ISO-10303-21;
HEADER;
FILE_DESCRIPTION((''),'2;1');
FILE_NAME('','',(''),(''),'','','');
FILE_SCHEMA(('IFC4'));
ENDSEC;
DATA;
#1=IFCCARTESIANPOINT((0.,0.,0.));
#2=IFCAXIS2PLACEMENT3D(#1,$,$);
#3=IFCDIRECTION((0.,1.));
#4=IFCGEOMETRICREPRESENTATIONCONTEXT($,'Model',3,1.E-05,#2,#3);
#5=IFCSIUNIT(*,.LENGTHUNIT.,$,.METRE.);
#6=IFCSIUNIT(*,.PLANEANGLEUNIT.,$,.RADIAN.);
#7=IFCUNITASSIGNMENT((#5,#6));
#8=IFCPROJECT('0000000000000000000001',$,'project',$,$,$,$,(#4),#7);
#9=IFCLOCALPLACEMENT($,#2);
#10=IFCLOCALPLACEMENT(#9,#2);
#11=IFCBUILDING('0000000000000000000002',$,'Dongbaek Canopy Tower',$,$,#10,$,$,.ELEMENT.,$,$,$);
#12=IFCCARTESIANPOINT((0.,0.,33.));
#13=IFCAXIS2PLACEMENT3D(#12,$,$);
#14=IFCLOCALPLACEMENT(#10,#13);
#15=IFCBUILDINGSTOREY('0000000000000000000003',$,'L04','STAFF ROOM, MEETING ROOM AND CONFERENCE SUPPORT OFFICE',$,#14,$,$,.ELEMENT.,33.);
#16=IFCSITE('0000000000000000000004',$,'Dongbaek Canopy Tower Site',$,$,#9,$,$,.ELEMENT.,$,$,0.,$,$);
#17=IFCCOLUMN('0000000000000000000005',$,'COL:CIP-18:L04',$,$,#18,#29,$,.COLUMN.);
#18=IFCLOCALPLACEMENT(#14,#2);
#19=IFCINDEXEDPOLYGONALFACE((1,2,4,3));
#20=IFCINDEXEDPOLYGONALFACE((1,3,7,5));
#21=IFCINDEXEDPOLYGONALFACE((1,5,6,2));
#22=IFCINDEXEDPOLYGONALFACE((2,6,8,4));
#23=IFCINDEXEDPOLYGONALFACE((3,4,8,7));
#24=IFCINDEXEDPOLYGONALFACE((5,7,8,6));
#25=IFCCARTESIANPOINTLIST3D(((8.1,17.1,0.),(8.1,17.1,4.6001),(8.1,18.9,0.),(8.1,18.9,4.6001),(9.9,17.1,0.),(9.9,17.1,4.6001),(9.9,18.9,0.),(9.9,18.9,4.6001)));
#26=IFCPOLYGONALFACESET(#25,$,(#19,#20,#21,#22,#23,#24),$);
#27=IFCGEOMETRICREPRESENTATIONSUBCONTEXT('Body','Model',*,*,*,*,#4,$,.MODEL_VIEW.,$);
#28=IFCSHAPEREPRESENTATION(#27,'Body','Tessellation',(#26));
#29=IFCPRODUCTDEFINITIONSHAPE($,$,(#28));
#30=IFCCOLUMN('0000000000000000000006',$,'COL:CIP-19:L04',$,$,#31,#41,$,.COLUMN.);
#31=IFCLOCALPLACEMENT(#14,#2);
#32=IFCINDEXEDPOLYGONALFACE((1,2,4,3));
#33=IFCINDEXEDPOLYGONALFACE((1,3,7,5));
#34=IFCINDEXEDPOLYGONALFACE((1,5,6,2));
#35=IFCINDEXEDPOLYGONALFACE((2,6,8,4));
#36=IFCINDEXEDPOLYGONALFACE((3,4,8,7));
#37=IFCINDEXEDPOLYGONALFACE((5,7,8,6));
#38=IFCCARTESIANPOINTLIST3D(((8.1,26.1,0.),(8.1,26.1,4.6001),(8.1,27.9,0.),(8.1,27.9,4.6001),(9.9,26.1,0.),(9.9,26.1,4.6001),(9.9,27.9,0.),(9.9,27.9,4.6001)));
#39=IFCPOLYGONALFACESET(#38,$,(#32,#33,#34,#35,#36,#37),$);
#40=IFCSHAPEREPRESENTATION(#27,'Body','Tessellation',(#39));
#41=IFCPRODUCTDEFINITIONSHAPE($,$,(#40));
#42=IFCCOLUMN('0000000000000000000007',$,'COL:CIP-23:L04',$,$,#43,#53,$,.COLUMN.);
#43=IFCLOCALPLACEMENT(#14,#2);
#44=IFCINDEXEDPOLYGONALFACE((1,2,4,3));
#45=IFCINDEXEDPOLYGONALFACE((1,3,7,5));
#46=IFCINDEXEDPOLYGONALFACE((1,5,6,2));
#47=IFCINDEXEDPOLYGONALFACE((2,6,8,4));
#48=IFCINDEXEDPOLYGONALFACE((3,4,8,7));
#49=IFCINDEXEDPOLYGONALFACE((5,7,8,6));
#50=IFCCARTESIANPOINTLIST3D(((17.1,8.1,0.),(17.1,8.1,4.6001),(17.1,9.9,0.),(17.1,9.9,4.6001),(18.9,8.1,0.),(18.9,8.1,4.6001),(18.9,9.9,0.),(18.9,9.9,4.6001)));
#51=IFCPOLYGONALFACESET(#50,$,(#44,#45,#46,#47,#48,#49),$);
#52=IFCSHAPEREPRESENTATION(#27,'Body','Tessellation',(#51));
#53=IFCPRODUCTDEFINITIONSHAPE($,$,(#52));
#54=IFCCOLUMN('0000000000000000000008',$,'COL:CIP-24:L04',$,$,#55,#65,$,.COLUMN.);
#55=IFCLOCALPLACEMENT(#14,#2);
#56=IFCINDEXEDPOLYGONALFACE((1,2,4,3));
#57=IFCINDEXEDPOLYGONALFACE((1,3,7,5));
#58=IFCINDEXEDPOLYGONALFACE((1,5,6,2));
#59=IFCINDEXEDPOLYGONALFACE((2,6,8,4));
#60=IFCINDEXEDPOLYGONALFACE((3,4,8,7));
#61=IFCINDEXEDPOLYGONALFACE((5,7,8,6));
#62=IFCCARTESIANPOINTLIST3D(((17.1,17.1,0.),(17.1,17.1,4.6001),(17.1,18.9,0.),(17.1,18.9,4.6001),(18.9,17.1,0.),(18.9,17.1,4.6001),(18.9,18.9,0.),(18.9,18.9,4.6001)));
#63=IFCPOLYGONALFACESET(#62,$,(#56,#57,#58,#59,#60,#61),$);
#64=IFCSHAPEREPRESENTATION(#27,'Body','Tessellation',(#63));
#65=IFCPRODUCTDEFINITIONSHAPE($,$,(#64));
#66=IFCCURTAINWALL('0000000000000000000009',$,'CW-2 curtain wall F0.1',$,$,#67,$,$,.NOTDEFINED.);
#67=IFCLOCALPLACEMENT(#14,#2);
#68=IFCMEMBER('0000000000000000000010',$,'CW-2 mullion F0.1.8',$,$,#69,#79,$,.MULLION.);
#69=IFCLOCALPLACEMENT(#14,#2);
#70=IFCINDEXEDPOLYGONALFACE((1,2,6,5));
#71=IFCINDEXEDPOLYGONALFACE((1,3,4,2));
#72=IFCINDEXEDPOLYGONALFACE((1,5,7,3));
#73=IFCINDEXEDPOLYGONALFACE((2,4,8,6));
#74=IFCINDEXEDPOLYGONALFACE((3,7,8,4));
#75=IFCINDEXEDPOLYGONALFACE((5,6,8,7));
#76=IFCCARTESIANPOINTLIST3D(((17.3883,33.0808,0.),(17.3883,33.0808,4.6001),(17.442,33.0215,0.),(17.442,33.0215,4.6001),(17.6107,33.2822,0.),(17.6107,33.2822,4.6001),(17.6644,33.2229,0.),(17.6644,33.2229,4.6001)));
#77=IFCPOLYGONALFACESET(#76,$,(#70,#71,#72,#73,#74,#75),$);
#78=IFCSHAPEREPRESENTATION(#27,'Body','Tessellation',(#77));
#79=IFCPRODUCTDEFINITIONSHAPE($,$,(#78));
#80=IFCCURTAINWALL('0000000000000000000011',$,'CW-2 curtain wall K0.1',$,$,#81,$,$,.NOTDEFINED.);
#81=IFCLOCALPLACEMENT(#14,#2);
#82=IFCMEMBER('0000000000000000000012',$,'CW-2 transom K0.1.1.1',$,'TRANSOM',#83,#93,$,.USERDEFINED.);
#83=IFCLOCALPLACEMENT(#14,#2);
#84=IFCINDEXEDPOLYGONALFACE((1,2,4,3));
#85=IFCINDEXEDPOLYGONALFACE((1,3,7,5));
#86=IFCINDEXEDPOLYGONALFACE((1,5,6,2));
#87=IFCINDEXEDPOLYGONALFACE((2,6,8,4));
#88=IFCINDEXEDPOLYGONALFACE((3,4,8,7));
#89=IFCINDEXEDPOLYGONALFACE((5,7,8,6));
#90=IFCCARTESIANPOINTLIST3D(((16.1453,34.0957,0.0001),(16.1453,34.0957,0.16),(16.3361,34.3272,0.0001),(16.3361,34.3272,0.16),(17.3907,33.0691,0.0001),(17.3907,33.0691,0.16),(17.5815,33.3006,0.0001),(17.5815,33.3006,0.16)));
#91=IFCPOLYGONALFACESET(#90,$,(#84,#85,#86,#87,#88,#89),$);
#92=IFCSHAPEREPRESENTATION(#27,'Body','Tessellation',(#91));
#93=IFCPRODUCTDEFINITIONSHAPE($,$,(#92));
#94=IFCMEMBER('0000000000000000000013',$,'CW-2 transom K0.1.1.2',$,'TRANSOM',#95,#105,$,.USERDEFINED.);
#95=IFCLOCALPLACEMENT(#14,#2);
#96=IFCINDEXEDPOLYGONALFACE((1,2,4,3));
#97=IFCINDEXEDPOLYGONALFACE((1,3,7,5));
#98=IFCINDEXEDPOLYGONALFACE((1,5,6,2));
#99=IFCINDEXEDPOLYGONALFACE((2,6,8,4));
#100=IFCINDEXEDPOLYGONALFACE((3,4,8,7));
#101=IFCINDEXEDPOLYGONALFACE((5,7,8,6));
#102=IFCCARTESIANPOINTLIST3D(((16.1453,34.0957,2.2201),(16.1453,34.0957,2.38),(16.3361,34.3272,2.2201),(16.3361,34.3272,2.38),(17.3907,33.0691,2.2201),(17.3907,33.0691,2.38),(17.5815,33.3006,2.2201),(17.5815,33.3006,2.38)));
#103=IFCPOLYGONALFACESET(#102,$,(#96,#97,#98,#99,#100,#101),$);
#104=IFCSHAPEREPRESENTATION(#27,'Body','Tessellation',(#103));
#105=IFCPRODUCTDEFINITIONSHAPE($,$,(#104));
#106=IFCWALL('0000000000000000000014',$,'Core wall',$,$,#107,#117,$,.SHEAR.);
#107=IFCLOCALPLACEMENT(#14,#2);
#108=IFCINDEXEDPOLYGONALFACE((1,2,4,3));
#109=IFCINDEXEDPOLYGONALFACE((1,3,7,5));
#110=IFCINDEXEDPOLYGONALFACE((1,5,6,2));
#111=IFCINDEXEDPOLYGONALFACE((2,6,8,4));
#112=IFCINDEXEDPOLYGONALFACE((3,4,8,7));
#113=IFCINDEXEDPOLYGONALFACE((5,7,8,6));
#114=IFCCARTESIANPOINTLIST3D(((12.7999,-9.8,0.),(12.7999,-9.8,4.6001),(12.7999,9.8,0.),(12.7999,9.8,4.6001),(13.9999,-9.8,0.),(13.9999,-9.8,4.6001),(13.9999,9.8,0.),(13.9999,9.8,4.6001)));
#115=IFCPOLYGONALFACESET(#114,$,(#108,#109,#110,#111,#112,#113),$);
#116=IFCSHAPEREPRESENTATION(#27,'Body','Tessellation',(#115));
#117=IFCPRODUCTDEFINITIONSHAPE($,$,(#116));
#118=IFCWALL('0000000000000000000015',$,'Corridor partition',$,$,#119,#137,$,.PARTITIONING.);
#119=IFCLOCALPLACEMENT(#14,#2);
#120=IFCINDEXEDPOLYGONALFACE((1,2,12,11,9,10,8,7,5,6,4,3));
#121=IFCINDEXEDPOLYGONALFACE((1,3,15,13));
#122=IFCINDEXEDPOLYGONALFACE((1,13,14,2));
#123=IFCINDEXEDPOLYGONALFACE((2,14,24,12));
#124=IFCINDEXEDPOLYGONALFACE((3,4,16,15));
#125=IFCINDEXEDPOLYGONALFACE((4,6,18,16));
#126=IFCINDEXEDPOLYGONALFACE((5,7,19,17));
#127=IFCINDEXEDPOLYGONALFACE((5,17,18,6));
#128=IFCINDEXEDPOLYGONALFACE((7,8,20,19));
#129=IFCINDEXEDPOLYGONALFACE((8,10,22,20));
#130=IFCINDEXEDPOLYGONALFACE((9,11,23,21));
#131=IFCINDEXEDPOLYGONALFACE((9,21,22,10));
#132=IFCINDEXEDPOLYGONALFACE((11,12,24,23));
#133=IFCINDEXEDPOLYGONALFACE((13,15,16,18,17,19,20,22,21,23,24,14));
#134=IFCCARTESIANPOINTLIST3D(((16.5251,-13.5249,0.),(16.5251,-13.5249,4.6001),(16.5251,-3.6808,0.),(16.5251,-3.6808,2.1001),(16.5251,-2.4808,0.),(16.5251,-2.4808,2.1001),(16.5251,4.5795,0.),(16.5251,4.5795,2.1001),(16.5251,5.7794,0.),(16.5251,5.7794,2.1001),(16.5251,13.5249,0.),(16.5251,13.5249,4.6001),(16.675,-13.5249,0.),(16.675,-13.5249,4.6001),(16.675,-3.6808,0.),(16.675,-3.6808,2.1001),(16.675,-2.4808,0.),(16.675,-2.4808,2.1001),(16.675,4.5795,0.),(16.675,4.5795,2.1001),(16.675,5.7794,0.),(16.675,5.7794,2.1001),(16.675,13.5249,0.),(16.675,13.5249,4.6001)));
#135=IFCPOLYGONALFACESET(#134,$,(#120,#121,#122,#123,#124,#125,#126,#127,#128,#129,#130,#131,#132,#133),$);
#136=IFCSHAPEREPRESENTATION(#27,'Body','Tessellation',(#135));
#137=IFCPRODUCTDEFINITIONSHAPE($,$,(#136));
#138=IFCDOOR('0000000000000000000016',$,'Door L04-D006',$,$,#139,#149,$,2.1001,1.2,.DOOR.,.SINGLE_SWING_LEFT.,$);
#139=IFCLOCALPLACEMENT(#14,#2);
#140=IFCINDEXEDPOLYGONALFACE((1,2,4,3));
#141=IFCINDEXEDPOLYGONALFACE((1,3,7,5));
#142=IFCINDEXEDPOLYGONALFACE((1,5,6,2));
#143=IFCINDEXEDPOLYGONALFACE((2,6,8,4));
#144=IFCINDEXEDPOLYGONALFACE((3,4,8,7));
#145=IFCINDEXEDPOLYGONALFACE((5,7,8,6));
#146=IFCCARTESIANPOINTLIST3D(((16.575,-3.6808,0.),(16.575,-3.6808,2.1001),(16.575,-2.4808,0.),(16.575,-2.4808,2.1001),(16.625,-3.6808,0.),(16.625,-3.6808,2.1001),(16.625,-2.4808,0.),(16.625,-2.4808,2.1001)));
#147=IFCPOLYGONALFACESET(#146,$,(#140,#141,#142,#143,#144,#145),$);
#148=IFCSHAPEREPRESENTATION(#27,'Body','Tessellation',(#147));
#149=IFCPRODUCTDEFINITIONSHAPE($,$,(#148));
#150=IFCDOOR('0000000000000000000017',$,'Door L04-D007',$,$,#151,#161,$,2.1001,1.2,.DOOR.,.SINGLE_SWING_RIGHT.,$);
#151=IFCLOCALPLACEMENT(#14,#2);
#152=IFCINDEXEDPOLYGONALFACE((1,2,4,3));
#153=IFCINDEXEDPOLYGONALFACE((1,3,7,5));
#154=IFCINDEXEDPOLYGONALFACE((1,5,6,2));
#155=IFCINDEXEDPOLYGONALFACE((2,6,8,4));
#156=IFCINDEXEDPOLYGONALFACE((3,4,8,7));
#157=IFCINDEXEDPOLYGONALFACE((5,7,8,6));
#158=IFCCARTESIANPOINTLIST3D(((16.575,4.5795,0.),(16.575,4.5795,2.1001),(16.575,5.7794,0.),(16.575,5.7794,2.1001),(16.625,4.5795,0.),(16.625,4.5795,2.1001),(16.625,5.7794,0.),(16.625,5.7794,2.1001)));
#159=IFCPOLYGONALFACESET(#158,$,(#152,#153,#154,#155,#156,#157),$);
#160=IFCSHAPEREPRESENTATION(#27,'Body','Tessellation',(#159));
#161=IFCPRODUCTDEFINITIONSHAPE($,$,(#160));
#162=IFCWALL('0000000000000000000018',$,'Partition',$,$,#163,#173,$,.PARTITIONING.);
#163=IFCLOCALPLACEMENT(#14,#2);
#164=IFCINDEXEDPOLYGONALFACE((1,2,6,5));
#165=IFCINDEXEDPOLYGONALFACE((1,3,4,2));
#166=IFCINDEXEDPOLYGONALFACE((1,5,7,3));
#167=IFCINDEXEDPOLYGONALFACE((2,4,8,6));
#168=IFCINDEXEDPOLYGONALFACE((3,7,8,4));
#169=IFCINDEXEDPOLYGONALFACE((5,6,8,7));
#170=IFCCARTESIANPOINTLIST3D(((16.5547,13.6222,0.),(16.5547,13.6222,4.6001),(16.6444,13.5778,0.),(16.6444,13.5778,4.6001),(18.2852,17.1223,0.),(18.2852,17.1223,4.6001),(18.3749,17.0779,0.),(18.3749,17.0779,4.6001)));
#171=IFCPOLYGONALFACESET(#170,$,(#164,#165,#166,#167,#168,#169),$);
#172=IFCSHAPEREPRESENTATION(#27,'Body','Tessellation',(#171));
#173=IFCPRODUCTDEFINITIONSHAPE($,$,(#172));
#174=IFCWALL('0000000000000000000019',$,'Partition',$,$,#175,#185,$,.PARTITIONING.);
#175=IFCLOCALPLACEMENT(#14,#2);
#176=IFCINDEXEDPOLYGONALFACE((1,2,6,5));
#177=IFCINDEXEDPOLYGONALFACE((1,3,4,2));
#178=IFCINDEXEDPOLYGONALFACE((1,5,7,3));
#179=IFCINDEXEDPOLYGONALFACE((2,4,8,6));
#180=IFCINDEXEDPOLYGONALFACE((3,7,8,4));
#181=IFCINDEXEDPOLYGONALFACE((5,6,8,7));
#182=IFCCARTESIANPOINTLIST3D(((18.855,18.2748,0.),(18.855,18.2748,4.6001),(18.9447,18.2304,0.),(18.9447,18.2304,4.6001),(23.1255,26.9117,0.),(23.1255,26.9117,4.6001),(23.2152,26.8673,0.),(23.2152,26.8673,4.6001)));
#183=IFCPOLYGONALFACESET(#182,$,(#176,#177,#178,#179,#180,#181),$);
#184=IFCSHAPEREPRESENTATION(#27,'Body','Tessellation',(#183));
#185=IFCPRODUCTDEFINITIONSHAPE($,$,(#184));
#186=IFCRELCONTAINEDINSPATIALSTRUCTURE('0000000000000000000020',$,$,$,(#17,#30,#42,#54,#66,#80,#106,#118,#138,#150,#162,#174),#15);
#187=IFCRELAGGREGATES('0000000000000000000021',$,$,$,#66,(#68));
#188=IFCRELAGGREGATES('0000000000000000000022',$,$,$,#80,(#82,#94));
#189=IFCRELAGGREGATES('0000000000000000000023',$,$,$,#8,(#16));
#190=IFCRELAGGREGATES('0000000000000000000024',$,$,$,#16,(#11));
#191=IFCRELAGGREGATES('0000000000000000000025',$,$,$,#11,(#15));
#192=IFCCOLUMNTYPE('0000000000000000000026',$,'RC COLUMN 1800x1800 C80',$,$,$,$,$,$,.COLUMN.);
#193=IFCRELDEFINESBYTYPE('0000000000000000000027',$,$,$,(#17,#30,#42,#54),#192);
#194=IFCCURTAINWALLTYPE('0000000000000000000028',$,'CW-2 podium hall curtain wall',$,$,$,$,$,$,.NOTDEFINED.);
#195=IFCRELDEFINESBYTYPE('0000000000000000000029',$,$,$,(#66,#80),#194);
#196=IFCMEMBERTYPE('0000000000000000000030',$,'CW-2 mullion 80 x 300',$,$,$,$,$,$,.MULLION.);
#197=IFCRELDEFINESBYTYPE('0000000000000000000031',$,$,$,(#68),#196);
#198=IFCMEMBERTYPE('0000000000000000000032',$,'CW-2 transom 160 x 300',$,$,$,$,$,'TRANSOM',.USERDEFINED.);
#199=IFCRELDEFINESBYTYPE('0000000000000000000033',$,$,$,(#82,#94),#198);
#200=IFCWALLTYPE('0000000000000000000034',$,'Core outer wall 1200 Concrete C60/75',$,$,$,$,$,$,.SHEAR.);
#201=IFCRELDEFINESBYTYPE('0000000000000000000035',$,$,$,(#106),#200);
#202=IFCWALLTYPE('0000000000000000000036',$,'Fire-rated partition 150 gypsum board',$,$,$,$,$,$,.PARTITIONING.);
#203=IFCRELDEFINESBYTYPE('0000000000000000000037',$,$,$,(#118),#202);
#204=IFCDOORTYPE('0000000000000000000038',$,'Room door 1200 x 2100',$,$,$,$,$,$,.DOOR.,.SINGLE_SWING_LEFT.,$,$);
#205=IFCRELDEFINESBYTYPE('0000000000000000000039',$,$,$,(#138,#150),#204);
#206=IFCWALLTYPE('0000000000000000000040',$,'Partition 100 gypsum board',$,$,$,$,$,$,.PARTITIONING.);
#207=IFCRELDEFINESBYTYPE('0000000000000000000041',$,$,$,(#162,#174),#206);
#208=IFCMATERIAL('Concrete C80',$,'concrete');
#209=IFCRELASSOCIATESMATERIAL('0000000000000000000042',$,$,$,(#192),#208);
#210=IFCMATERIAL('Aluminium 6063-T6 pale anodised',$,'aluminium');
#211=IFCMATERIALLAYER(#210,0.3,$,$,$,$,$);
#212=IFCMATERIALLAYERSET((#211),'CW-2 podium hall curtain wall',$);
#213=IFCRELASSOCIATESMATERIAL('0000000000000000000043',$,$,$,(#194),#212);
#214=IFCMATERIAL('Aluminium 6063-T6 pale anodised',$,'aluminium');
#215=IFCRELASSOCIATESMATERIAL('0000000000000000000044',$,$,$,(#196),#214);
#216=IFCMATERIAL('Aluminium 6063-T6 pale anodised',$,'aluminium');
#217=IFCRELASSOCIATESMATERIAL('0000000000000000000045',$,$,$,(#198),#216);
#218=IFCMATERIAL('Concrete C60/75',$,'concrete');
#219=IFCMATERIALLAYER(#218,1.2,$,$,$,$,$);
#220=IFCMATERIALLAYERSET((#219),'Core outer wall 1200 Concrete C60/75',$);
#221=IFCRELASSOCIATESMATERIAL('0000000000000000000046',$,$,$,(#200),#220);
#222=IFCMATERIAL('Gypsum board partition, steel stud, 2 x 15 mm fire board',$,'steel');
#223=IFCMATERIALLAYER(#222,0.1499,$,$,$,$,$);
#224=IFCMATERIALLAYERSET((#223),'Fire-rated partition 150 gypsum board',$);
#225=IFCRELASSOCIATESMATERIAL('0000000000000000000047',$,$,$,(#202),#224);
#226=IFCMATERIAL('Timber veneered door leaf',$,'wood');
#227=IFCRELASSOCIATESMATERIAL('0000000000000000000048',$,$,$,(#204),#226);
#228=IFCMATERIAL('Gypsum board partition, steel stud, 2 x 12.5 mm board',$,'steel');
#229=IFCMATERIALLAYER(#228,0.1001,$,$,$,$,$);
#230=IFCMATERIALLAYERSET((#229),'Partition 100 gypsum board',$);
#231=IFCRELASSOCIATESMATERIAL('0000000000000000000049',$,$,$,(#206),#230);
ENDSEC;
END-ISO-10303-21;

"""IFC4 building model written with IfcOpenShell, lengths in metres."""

from ifc_helpers import new_model, si_unit, direction, frame, frame_2d, origin, origin_2d, place, context, subcontext, project, spatial, rectangle, extrude, material, layer, layer_set, material_profile, profile_set, type_object, element, fill, aggregate, save


model = new_model("IFC4")

# Units and contexts
model_context = context("Model", 3, precision=1e-05, world=origin(), true_north=direction((0.0, 1.0)))
body_context = subcontext(model_context, "Body", "Model", "MODEL_VIEW")
ifc_project = project(units=[si_unit("LENGTHUNIT", "METRE"), si_unit("PLANEANGLEUNIT", "RADIAN")], contexts=[model_context])

# Site, building, storey
site_placement = place(None, origin())
site = spatial("IfcSite", under=ifc_project, at=site_placement, Name="Dongbaek Canopy Tower Site", CompositionType="ELEMENT", RefElevation=0.0)
building_placement = place(site_placement, origin())
building = spatial("IfcBuilding", under=site, at=building_placement, Name="Dongbaek Canopy Tower", CompositionType="ELEMENT")
storey_placement = place(building_placement, frame((0.0, 0.0, 33.0)))
storey = spatial("IfcBuildingStorey", under=building, at=storey_placement, Name="L04", Description="STAFF ROOM, MEETING ROOM AND CONFERENCE SUPPORT OFFICE", CompositionType="ELEMENT", Elevation=33.0)

# Columns
ifc_material_1 = material(Name="Concrete C80", Category="concrete")
ifc_material_profile_1 = material_profile(ifc_material_1, rectangle(XDim=1.8, YDim=1.8, at=origin_2d()), Name="RC COLUMN 1800x1800 C80")
ifc_profile_set_1 = profile_set([ifc_material_profile_1], Name="Concrete C80")
column_type = type_object("IfcColumnType", Name="RC COLUMN 1800x1800 C80", PredefinedType="COLUMN", material=ifc_profile_set_1)
for number, where, z_axis, x_axis, name in (
    (1, (9.0, 18.0, 0.0), (0.0, 0.0, 1.0), (1.0, 0.0, 0.0), "COL:CIP-18:L04"),
    (2, (9.0, 27.0, 0.0), (0.0, 0.0, 1.0), (1.0, 0.0, 0.0), "COL:CIP-19:L04"),
    (3, (18.0, 9.0, 0.0), (0.0, 0.0, 1.0), (1.0, 0.0, 0.0), "COL:CIP-23:L04"),
    (4, (18.0, 18.0, 0.0), (0.0, 0.0, 1.0), (1.0, 0.0, 0.0), "COL:CIP-24:L04"),
):
    element("IfcColumn", number, at=place(storey_placement, frame(where, z_axis=z_axis, x_axis=x_axis)), inside=storey, type_object=column_type, Name=name, PredefinedType="COLUMN", context=body_context, shape_type="SweptSolid", body=[
        extrude(rectangle(XDim=1.8, YDim=1.8, at=origin_2d()), origin(), (0.0, 0.0, 1.0), 4.6001),
    ])

# Curtain wall, member
ifc_material_2 = material(Name="Aluminium 6063-T6 pale anodised", Category="aluminium")
ifc_layer_1 = layer(ifc_material_2, 0.3)
ifc_layer_set_1 = layer_set([ifc_layer_1], Name="CW-2 podium hall curtain wall")
curtain_wall_type = type_object("IfcCurtainWallType", Name="CW-2 podium hall curtain wall", PredefinedType="NOTDEFINED", material=ifc_layer_set_1)
curtain_wall_1_placement = place(storey_placement, origin())
curtain_wall_1 = element("IfcCurtainWall", 5, at=curtain_wall_1_placement, inside=storey, type_object=curtain_wall_type, Name="CW-2 curtain wall F0.1", PredefinedType="NOTDEFINED")
ifc_material_3 = material(Name="Aluminium 6063-T6 pale anodised", Category="aluminium")
ifc_material_profile_2 = material_profile(ifc_material_3, rectangle(XDim=0.3, YDim=0.0801, at=origin_2d()), Name="CW-2 mullion 80 x 300")
ifc_profile_set_2 = profile_set([ifc_material_profile_2], Name="Aluminium 6063-T6 pale anodised")
member_type_1 = type_object("IfcMemberType", Name="CW-2 mullion 80 x 300", PredefinedType="MULLION", material=ifc_profile_set_2)
member_1_placement = place(storey_placement, frame((17.5264, 33.1519, 0.0), z_axis=(0.0, 0.0, 1.0), x_axis=(0.741222, 0.67126, 0.0)))
member_1 = element("IfcMember", 6, at=member_1_placement, type_object=member_type_1, Name="CW-2 mullion F0.1.8", PredefinedType="MULLION", context=body_context, shape_type="SweptSolid", body=[
    extrude(rectangle(XDim=0.3, YDim=0.0801, at=origin_2d()), origin(), (0.0, 0.0, 1.0), 4.6001),
])
aggregate(curtain_wall_1, [member_1])

# Curtain wall, members
curtain_wall_2_placement = place(storey_placement, origin())
curtain_wall_2 = element("IfcCurtainWall", 7, at=curtain_wall_2_placement, inside=storey, type_object=curtain_wall_type, Name="CW-2 curtain wall K0.1", PredefinedType="NOTDEFINED")
ifc_material_4 = material(Name="Aluminium 6063-T6 pale anodised", Category="aluminium")
ifc_material_profile_3 = material_profile(ifc_material_4, rectangle(XDim=0.3, YDim=0.1599, at=origin_2d()), Name="CW-2 transom 160 x 300")
ifc_profile_set_3 = profile_set([ifc_material_profile_3], Name="Aluminium 6063-T6 pale anodised")
member_type_2 = type_object("IfcMemberType", Name="CW-2 transom 160 x 300", ElementType="TRANSOM", PredefinedType="USERDEFINED", material=ifc_profile_set_3)
member_2_placement = place(storey_placement, frame((17.4861, 33.1848, 0.0801), z_axis=(-0.77162, 0.636084, 0.0), x_axis=(-0.636084, -0.77162, 0.0)))
member_2 = element("IfcMember", 8, at=member_2_placement, type_object=member_type_2, Name="CW-2 transom K0.1.1.1", ObjectType="TRANSOM", PredefinedType="USERDEFINED", context=body_context, shape_type="SweptSolid", body=[
    extrude(rectangle(XDim=0.3, YDim=0.1599, at=origin_2d()), origin(), (0.0, 0.0, 1.0), 1.614),
])
member_3_placement = place(storey_placement, frame((17.4861, 33.1848, 2.3), z_axis=(-0.77162, 0.636084, 0.0), x_axis=(-0.636084, -0.77162, 0.0)))
member_3 = element("IfcMember", 9, at=member_3_placement, type_object=member_type_2, Name="CW-2 transom K0.1.1.2", ObjectType="TRANSOM", PredefinedType="USERDEFINED", context=body_context, shape_type="SweptSolid", body=[
    extrude(rectangle(XDim=0.3, YDim=0.1599, at=origin_2d()), origin(), (0.0, 0.0, 1.0), 1.614),
])
aggregate(curtain_wall_2, [member_2, member_3])

# Wall
ifc_material_5 = material(Name="Concrete C60/75", Category="concrete")
ifc_layer_2 = layer(ifc_material_5, 1.2)
ifc_layer_set_2 = layer_set([ifc_layer_2], Name="Core outer wall 1200 Concrete C60/75")
wall_type_1 = type_object("IfcWallType", Name="Core outer wall 1200 Concrete C60/75", PredefinedType="SHEAR", material=ifc_layer_set_2)
wall_1_placement = place(storey_placement, frame((13.3999, 9.8, 0.0), z_axis=(0.0, 0.0, 1.0), x_axis=(0.0, -1.0, 0.0)))
element("IfcWall", 10, at=wall_1_placement, inside=storey, type_object=wall_type_1, Name="Core wall", PredefinedType="SHEAR", context=body_context, shape_type="SweptSolid", body=[
    extrude(rectangle(XDim=19.6001, YDim=1.2, at=frame_2d((9.8, 0.0))), origin(), (0.0, 0.0, 1.0), 4.6001),
])

# Wall, openings, doors
ifc_material_6 = material(Name="Gypsum board partition, steel stud, 2 x 15 mm fire board", Category="steel")
ifc_layer_3 = layer(ifc_material_6, 0.1499)
ifc_layer_set_3 = layer_set([ifc_layer_3], Name="Fire-rated partition 150 gypsum board")
wall_type_2 = type_object("IfcWallType", Name="Fire-rated partition 150 gypsum board", PredefinedType="PARTITIONING", material=ifc_layer_set_3)
wall_2_placement = place(storey_placement, frame((16.6001, 13.5249, 0.0), z_axis=(0.0, 0.0, 1.0), x_axis=(0.0, -1.0, 0.0)))
wall_2 = element("IfcWall", 11, at=wall_2_placement, inside=storey, type_object=wall_type_2, Name="Corridor partition", PredefinedType="PARTITIONING", context=body_context, shape_type="SweptSolid", body=[
    extrude(rectangle(XDim=27.0498, YDim=0.1499, at=frame_2d((13.5249, 0.0))), origin(), (0.0, 0.0, 1.0), 4.6001),
])
opening_1_placement = place(wall_2_placement, frame((16.0056, 0.0, 0.0)))
opening_1 = element("IfcOpeningElement", 12, at=opening_1_placement, cuts=wall_2, PredefinedType="OPENING", context=body_context, shape_type="SweptSolid", body=[
    extrude(rectangle(XDim=1.2, YDim=2.1001, at=frame_2d((0.6001, 1.05))), frame((0.0, 0.085, 0.0), z_axis=(0.0, -1.0, 0.0), x_axis=(1.0, 0.0, 0.0)), (0.0, 0.0, 1.0), 0.1699),
])
opening_2_placement = place(wall_2_placement, frame((7.7454, 0.0, 0.0)))
opening_2 = element("IfcOpeningElement", 13, at=opening_2_placement, cuts=wall_2, PredefinedType="OPENING", context=body_context, shape_type="SweptSolid", body=[
    extrude(rectangle(XDim=1.2, YDim=2.1001, at=frame_2d((0.6001, 1.05))), frame((0.0, 0.085, 0.0), z_axis=(0.0, -1.0, 0.0), x_axis=(1.0, 0.0, 0.0)), (0.0, 0.0, 1.0), 0.1699),
])
ifc_material_7 = material(Name="Timber veneered door leaf", Category="wood")
door_type_1 = type_object("IfcDoorType", Name="Room door 1200 x 2100", OperationType="SINGLE_SWING_LEFT", PredefinedType="DOOR", material=ifc_material_7)
door_1_placement = place(opening_1_placement, origin())
door_1 = element("IfcDoor", 14, at=door_1_placement, inside=storey, type_object=door_type_1, Name="Door L04-D006", OperationType="SINGLE_SWING_LEFT", OverallHeight=2.1001, OverallWidth=1.2, PredefinedType="DOOR", context=body_context, shape_type="SweptSolid", body=[
    extrude(rectangle(XDim=1.2, YDim=2.1001, at=frame_2d((0.6001, 1.05))), frame((0.0, 0.0249, 0.0), z_axis=(0.0, -1.0, 0.0), x_axis=(1.0, 0.0, 0.0)), (0.0, 0.0, 1.0), 0.05),
])
fill(opening_1, door_1)
door_2_placement = place(opening_2_placement, origin())
door_2 = element("IfcDoor", 15, at=door_2_placement, inside=storey, type_object=door_type_1, Name="Door L04-D007", OperationType="SINGLE_SWING_RIGHT", OverallHeight=2.1001, OverallWidth=1.2, PredefinedType="DOOR", context=body_context, shape_type="SweptSolid", body=[
    extrude(rectangle(XDim=1.2, YDim=2.1001, at=frame_2d((0.6001, 1.05))), frame((0.0, 0.0249, 0.0), z_axis=(0.0, -1.0, 0.0), x_axis=(1.0, 0.0, 0.0)), (0.0, 0.0, 1.0), 0.05),
])
fill(opening_2, door_2)

# Walls
ifc_material_8 = material(Name="Gypsum board partition, steel stud, 2 x 12.5 mm board", Category="steel")
ifc_layer_4 = layer(ifc_material_8, 0.1001)
ifc_layer_set_4 = layer_set([ifc_layer_4], Name="Partition 100 gypsum board")
wall_type_3 = type_object("IfcWallType", Name="Partition 100 gypsum board", PredefinedType="PARTITIONING", material=ifc_layer_set_4)
wall_3_placement = place(storey_placement, frame((16.5996, 13.6001, 0.0), z_axis=(0.0, 0.0, 1.0), x_axis=(0.443207, 0.896419, 0.0)))
element("IfcWall", 16, at=wall_3_placement, inside=storey, type_object=wall_type_3, Name="Partition", PredefinedType="PARTITIONING", context=body_context, shape_type="SweptSolid", body=[
    extrude(rectangle(XDim=3.9045, YDim=0.1001, at=frame_2d((1.9521, 0.0))), origin(), (0.0, 0.0, 1.0), 4.6001),
])
wall_4_placement = place(storey_placement, frame((18.8999, 18.2527, 0.0), z_axis=(0.0, 0.0, 1.0), x_axis=(0.443226, 0.89641, 0.0)))
element("IfcWall", 17, at=wall_4_placement, inside=storey, type_object=wall_type_3, Name="Partition", PredefinedType="PARTITIONING", context=body_context, shape_type="SweptSolid", body=[
    extrude(rectangle(XDim=9.635, YDim=0.1001, at=frame_2d((4.8174, 0.0))), origin(), (0.0, 0.0, 1.0), 4.6001),
])

save(model, "model.ifc")
